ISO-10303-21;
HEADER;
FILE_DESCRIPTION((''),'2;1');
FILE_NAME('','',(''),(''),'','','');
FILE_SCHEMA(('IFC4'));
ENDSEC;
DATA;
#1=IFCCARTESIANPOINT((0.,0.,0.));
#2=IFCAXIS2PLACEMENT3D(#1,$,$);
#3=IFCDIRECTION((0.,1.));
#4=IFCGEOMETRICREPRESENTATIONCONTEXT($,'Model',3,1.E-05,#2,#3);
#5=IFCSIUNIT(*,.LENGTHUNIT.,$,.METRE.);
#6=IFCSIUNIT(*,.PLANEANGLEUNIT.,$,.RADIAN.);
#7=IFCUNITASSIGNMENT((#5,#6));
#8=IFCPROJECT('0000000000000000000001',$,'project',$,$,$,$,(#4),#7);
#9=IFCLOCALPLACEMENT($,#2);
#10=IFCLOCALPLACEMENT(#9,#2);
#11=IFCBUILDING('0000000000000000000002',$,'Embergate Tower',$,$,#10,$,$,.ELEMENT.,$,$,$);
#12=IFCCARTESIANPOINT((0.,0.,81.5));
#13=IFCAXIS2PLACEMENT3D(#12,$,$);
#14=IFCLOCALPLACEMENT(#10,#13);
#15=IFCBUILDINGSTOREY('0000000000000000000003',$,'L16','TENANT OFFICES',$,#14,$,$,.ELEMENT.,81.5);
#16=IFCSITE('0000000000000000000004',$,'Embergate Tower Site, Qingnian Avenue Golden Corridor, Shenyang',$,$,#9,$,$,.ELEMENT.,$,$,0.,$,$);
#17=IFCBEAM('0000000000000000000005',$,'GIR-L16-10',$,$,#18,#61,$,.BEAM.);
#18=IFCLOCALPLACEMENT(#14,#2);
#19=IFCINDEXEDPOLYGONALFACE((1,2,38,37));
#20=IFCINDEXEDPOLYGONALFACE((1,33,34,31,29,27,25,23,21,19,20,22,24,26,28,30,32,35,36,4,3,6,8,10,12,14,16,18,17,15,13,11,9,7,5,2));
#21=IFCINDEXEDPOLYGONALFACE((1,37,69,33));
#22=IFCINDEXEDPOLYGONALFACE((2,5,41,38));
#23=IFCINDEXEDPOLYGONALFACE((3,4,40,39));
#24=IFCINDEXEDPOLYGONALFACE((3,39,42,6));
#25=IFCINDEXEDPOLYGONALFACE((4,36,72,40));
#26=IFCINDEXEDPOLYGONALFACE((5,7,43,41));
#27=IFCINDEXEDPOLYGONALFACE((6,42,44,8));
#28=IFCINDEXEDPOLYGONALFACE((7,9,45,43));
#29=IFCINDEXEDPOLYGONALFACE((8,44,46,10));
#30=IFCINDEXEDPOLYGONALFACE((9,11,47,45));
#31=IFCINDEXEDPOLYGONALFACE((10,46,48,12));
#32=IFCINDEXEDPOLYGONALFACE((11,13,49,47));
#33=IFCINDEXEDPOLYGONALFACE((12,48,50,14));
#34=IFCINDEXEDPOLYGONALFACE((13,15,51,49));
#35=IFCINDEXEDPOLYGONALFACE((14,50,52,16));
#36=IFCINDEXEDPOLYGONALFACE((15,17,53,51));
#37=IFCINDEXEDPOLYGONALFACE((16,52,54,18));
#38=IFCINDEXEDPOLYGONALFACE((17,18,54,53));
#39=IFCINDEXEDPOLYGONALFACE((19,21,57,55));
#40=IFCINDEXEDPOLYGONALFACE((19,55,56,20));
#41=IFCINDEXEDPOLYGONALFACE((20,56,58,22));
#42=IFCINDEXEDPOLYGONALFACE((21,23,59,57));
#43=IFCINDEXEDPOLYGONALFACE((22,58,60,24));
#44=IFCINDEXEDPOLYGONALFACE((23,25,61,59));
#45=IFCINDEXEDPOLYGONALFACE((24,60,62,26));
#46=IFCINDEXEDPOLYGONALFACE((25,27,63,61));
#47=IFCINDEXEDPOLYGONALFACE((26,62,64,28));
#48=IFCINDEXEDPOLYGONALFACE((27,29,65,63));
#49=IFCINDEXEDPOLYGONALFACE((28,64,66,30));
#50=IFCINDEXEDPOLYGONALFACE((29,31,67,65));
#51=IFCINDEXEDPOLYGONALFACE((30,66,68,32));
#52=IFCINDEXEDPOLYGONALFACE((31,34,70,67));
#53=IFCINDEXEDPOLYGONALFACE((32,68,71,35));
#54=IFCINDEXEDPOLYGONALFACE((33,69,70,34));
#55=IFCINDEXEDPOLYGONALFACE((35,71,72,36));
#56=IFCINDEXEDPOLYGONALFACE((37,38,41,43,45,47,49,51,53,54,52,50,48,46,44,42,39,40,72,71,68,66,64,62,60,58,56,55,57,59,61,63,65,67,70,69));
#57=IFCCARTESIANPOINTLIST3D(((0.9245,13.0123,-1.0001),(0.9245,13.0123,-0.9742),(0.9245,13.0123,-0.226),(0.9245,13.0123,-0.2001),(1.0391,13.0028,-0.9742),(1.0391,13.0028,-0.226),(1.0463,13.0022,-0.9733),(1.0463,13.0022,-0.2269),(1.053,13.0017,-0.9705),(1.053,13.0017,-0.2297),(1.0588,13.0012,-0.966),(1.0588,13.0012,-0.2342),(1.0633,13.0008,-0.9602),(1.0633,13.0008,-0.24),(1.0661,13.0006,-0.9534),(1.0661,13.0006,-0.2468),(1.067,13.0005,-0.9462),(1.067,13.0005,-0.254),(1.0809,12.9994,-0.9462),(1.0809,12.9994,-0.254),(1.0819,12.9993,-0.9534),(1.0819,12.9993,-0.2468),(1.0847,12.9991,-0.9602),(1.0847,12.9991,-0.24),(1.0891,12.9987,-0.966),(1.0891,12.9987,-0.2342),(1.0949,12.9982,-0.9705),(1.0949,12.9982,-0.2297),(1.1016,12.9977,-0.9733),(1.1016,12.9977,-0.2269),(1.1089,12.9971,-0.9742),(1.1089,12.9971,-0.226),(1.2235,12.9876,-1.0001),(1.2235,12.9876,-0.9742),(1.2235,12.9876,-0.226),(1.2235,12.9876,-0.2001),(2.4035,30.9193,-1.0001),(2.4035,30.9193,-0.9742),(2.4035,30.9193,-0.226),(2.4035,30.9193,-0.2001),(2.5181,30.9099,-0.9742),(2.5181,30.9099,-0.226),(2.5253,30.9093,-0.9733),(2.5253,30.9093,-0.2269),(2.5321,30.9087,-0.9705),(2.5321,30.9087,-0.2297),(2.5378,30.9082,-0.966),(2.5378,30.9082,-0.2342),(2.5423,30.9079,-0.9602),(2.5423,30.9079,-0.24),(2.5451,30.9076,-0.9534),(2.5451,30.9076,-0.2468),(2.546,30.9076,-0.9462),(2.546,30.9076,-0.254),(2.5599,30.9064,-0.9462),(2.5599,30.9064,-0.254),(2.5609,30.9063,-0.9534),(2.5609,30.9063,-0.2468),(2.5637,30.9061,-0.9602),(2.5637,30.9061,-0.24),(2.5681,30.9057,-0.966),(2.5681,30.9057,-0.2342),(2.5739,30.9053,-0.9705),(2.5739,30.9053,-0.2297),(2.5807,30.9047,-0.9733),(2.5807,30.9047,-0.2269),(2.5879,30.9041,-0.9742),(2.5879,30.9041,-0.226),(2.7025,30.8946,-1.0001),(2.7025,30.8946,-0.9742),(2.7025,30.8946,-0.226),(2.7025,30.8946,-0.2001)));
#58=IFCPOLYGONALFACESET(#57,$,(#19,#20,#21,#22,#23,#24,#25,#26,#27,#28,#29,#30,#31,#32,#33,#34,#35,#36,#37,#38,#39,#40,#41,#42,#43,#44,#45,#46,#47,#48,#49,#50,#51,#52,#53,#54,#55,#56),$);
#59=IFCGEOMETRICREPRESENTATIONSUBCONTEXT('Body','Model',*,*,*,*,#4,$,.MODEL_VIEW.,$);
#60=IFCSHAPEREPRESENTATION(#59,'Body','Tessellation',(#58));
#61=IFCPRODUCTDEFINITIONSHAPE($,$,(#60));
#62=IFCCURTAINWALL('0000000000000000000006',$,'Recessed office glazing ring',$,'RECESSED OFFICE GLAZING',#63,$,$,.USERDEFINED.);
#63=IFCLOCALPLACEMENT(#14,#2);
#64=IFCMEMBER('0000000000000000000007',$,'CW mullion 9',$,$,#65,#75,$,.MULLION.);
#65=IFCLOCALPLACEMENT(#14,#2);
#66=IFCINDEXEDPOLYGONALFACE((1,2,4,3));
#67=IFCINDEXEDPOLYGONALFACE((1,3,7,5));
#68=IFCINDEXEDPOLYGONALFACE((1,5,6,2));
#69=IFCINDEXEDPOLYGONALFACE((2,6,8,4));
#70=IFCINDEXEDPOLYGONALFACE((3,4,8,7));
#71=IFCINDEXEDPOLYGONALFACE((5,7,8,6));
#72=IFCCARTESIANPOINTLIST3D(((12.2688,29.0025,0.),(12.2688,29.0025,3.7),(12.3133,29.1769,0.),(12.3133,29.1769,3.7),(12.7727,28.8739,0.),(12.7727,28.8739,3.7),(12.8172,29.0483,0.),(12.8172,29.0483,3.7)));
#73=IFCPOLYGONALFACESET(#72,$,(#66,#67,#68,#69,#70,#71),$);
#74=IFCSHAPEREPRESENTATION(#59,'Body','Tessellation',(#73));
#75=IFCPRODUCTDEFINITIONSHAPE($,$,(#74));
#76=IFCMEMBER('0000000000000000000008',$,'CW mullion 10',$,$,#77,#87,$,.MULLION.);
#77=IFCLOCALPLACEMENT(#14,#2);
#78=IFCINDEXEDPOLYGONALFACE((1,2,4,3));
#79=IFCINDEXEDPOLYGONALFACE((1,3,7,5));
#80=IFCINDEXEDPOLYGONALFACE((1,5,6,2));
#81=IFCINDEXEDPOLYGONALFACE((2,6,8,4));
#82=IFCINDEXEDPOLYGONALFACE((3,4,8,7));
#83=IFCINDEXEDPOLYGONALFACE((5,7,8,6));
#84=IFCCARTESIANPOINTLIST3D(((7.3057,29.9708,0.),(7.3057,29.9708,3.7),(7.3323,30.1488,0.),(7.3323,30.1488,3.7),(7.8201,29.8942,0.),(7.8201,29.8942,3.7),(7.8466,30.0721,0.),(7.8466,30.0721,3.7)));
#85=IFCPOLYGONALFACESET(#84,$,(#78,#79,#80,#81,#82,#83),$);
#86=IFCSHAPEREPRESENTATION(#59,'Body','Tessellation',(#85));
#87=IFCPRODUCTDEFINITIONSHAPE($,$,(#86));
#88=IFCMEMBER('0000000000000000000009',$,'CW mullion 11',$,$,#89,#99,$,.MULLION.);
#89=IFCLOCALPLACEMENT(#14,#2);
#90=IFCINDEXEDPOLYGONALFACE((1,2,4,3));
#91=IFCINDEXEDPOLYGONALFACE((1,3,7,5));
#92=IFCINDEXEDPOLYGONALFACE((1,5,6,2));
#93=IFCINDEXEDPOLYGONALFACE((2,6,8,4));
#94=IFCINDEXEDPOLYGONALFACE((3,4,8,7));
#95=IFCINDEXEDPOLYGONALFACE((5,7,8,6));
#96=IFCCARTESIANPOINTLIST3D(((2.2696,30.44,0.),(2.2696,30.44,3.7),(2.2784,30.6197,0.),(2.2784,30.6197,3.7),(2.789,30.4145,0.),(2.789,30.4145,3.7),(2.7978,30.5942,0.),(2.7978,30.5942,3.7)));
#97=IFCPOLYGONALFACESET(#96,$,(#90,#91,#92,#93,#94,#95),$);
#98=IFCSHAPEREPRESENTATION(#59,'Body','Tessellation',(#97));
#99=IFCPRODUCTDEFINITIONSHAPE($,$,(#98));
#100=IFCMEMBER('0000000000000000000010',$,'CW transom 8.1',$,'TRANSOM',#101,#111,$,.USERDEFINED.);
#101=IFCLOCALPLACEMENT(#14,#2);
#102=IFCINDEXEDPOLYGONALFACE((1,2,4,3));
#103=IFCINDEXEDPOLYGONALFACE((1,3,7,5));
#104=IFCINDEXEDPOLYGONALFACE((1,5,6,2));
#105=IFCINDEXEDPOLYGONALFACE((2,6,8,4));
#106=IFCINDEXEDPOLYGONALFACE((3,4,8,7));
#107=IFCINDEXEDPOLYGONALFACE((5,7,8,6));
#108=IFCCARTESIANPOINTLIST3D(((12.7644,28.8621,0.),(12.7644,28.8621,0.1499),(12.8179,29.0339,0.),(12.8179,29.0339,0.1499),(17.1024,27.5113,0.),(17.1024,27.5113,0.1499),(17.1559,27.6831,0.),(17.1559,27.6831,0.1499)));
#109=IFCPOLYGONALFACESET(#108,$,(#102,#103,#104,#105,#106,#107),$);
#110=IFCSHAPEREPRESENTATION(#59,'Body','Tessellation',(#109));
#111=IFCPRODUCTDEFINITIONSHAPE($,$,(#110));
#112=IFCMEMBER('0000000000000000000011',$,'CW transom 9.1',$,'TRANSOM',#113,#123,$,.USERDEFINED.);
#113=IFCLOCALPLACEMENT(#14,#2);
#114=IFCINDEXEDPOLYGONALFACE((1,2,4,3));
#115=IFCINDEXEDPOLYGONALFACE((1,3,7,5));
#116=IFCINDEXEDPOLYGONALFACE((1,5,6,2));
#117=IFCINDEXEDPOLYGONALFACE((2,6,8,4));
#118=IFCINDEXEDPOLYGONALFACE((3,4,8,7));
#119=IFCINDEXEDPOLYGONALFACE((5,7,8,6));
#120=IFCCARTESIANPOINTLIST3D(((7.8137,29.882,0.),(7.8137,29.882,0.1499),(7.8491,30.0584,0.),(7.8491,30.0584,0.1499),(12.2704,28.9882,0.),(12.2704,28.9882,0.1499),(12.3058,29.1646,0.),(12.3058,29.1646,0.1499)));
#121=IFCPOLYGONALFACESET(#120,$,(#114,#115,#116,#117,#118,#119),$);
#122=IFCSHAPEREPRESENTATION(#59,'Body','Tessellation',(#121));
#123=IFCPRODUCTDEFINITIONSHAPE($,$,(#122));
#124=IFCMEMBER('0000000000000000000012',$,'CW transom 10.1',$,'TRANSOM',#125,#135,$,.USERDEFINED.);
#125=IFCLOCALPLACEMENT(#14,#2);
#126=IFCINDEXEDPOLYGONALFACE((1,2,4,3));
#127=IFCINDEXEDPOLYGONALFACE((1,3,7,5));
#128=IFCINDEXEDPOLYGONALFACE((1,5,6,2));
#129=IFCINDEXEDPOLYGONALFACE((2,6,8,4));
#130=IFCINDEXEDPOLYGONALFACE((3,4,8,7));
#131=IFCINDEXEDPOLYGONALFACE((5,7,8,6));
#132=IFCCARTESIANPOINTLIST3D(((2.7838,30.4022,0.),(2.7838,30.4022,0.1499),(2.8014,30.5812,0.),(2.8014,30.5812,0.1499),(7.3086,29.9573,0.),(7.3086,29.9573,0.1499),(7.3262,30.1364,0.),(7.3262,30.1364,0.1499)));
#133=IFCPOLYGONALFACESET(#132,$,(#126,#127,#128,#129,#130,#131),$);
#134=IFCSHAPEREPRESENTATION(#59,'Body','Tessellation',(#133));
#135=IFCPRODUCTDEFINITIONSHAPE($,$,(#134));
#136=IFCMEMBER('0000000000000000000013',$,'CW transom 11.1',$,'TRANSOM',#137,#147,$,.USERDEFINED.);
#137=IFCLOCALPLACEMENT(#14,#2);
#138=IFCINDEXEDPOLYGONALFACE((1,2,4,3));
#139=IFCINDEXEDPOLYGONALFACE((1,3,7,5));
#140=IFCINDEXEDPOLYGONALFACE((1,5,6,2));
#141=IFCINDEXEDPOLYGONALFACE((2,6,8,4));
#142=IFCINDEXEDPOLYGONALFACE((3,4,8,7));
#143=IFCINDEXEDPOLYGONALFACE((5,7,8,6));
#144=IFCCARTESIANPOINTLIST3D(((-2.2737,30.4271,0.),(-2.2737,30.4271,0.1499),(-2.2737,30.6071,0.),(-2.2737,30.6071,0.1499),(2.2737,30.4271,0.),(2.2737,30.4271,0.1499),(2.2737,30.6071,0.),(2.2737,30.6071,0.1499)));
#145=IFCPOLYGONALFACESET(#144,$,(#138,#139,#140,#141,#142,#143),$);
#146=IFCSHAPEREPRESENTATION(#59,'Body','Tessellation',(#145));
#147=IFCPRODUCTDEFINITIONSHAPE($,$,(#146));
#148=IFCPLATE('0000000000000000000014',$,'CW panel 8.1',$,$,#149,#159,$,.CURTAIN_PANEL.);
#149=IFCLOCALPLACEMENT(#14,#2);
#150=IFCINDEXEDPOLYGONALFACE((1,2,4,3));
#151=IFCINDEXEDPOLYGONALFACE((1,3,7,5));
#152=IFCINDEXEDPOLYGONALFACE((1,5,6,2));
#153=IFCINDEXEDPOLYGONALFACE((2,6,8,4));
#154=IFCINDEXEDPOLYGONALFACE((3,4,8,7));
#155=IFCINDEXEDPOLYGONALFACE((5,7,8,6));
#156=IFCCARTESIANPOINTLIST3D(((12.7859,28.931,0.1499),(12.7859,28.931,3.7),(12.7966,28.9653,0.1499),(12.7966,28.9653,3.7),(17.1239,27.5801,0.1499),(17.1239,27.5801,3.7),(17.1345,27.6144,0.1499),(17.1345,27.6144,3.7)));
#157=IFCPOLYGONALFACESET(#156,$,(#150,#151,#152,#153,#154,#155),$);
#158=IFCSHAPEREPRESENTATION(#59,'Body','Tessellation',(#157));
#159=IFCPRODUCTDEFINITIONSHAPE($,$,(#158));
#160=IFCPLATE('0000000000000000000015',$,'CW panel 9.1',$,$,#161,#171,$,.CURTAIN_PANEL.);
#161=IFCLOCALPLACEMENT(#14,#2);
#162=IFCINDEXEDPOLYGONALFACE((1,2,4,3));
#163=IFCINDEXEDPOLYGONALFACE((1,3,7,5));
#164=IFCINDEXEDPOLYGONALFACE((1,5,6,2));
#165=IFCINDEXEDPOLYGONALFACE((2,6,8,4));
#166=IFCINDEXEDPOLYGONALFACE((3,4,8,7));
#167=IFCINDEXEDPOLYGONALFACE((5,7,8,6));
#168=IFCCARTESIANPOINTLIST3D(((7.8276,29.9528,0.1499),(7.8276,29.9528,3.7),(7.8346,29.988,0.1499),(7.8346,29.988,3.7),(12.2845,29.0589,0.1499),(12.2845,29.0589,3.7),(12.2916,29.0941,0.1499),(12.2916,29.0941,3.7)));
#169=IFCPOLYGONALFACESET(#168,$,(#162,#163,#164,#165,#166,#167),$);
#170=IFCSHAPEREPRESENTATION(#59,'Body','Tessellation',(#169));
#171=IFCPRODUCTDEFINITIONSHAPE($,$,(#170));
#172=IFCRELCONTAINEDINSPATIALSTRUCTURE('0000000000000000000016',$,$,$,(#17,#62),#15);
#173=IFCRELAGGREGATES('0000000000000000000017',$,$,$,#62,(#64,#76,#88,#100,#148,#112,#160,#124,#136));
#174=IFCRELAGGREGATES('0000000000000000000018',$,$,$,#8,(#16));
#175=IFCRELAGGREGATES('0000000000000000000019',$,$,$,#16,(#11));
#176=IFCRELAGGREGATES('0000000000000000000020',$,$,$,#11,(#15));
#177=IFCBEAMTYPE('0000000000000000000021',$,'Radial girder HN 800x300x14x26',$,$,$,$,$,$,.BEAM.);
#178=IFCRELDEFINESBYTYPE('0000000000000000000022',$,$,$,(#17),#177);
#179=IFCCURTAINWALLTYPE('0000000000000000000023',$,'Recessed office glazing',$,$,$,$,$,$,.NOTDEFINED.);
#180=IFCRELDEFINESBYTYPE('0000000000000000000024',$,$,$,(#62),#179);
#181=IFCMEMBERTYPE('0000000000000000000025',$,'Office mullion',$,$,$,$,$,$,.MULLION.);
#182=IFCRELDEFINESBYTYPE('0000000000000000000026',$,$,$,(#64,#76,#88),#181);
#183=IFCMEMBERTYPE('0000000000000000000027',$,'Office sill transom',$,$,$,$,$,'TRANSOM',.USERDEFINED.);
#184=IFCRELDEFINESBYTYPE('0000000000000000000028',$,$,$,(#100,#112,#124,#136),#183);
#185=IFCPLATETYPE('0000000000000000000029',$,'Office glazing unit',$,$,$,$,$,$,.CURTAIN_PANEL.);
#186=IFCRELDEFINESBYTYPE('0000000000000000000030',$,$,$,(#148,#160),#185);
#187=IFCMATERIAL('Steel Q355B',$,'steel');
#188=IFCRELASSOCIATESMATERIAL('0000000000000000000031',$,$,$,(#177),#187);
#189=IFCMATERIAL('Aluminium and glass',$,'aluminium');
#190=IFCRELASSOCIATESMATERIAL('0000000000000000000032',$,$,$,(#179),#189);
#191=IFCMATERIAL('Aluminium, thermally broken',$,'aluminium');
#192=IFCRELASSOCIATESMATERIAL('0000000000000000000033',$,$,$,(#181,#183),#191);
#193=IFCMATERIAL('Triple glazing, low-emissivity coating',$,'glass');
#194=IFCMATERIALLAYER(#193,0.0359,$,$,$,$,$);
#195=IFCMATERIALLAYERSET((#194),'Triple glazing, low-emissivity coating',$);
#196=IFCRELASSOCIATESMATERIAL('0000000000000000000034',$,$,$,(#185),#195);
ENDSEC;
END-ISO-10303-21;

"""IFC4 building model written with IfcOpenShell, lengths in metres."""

from ifc_helpers import new_model, si_unit, direction, frame, origin, origin_2d, place, context, subcontext, project, spatial, rectangle, i_section, extrude, source, transform, mapped, material, layer, layer_set, material_profile, profile_set, type_object, element, aggregate, save


model = new_model("IFC4")

# Units and contexts
model_context = context("Model", 3, precision=1e-05, world=origin(), true_north=direction((0.0, 1.0)))
body_context = subcontext(model_context, "Body", "Model", "MODEL_VIEW")
ifc_project = project(units=[si_unit("LENGTHUNIT", "METRE"), si_unit("PLANEANGLEUNIT", "RADIAN")], contexts=[model_context])

# Site, building, storey
site_placement = place(None, origin())
site = spatial("IfcSite", under=ifc_project, at=site_placement, Name="Embergate Tower Site, Qingnian Avenue Golden Corridor, Shenyang", CompositionType="ELEMENT", RefElevation=0.0)
building_placement = place(site_placement, origin())
building = spatial("IfcBuilding", under=site, at=building_placement, Name="Embergate Tower", CompositionType="ELEMENT")
storey_placement = place(building_placement, frame((0.0, 0.0, 81.5)))
storey = spatial("IfcBuildingStorey", under=building, at=storey_placement, Name="L16", Description="TENANT OFFICES", CompositionType="ELEMENT", Elevation=81.5)

# Beam
ifc_material_1 = material(Name="Steel Q355B", Category="steel")
ifc_material_profile_1 = material_profile(ifc_material_1, i_section(OverallWidth=0.3, OverallDepth=0.8, WebThickness=0.0139, FlangeThickness=0.0259, FilletRadius=0.0281, at=origin_2d()), Name="HN 800x300x14x26")
ifc_profile_set_1 = profile_set([ifc_material_profile_1], Name="Steel Q355 grade B")
beam_type_1 = type_object("IfcBeamType", Name="Radial girder HN 800x300x14x26", PredefinedType="BEAM", material=ifc_profile_set_1)
shared_shape_1 = source(origin(), body_context, "Body", "SweptSolid", [
    extrude(i_section(OverallWidth=0.3, OverallDepth=0.8, WebThickness=0.0139, FlangeThickness=0.0259, FilletRadius=0.0281, at=origin_2d()), origin(), (0.0, 0.0, 1.0), 17.968),
])
beam_1_placement = place(storey_placement, frame((2.553, 30.907, -0.6001), z_axis=(-0.082313, -0.996606, 0.0), x_axis=(0.996606, -0.082313, 0.0)))
element("IfcBeam", 1, at=beam_1_placement, inside=storey, type_object=beam_type_1, Name="GIR-L16-10", PredefinedType="BEAM", context=body_context, shape_type="MappedRepresentation", body=[
    mapped(shared_shape_1, transform((0.0, 0.0, 0.0))),
])

# Curtain wall, members, plates
ifc_material_2 = material(Name="Aluminium and glass", Category="aluminium")
curtain_wall_type = type_object("IfcCurtainWallType", Name="Recessed office glazing", PredefinedType="NOTDEFINED", material=ifc_material_2)
curtain_wall_placement = place(storey_placement, origin())
curtain_wall = element("IfcCurtainWall", 2, at=curtain_wall_placement, inside=storey, type_object=curtain_wall_type, Name="Recessed office glazing ring", ObjectType="RECESSED OFFICE GLAZING", PredefinedType="USERDEFINED")
ifc_material_3 = material(Name="Aluminium, thermally broken", Category="aluminium")
ifc_material_profile_2 = material_profile(ifc_material_3, rectangle(XDim=0.1799, YDim=0.52, at=origin_2d()), Name="AL 520x180")
ifc_profile_set_2 = profile_set([ifc_material_profile_2], Name="Aluminium, thermally broken")
member_type_1 = type_object("IfcMemberType", Name="Office mullion", PredefinedType="MULLION", material=ifc_profile_set_2)
shared_shape_2 = source(origin(), body_context, "Body", "SweptSolid", [
    extrude(rectangle(XDim=0.1799, YDim=0.52, at=origin_2d()), origin(), (0.0, 0.0, 1.0), 3.7),
])
member_1_placement = place(storey_placement, frame((12.543, 29.0254, 0.0), z_axis=(0.0, 0.0, 1.0), x_axis=(-0.247312, -0.968936, 0.0)))
member_1 = element("IfcMember", 3, at=member_1_placement, type_object=member_type_1, Name="CW mullion 9", PredefinedType="MULLION", context=body_context, shape_type="MappedRepresentation", body=[
    mapped(shared_shape_2, transform((0.0, 0.0, 0.0))),
])
member_2_placement = place(storey_placement, frame((7.5762, 30.0215, 0.0), z_axis=(0.0, 0.0, 1.0), x_axis=(-0.147412, -0.989075, 0.0)))
member_2 = element("IfcMember", 4, at=member_2_placement, type_object=member_type_1, Name="CW mullion 10", PredefinedType="MULLION", context=body_context, shape_type="MappedRepresentation", body=[
    mapped(shared_shape_2, transform((0.0, 0.0, 0.0))),
])
member_3_placement = place(storey_placement, frame((2.5337, 30.5171, 0.0), z_axis=(0.0, 0.0, 1.0), x_axis=(-0.048972, -0.9988, 0.0)))
member_3 = element("IfcMember", 5, at=member_3_placement, type_object=member_type_1, Name="CW mullion 11", PredefinedType="MULLION", context=body_context, shape_type="MappedRepresentation", body=[
    mapped(shared_shape_2, transform((0.0, 0.0, 0.0))),
])
ifc_material_profile_3 = material_profile(ifc_material_3, rectangle(XDim=0.1799, YDim=0.1499, at=origin_2d()), Name="AL 150x180")
ifc_profile_set_3 = profile_set([ifc_material_profile_3], Name="Aluminium, thermally broken")
member_type_2 = type_object("IfcMemberType", Name="Office sill transom", ElementType="TRANSOM", PredefinedType="USERDEFINED", material=ifc_profile_set_3)
shared_shape_3 = source(origin(), body_context, "Body", "SweptSolid", [
    extrude(rectangle(XDim=0.1799, YDim=0.1499, at=origin_2d()), origin(), (0.0, 0.0, 1.0), 4.5435),
])
member_4_placement = place(storey_placement, frame((17.1292, 27.5972, 0.075), z_axis=(-0.954778, 0.29732, 0.0), x_axis=(-0.29732, -0.954778, 0.0)))
member_4 = element("IfcMember", 6, at=member_4_placement, type_object=member_type_2, Name="CW transom 8.1", ObjectType="TRANSOM", PredefinedType="USERDEFINED", context=body_context, shape_type="MappedRepresentation", body=[
    mapped(shared_shape_3, transform((0.0, 0.0, 0.0))),
])
shared_shape_4 = source(origin(), body_context, "Body", "SweptSolid", [
    extrude(rectangle(XDim=0.1799, YDim=0.1499, at=origin_2d()), origin(), (0.0, 0.0, 1.0), 4.5454),
])
member_5_placement = place(storey_placement, frame((12.2881, 29.0764, 0.075), z_axis=(-0.980477, 0.196633, 0.0), x_axis=(-0.196633, -0.980477, 0.0)))
member_5 = element("IfcMember", 7, at=member_5_placement, type_object=member_type_2, Name="CW transom 9.1", ObjectType="TRANSOM", PredefinedType="USERDEFINED", context=body_context, shape_type="MappedRepresentation", body=[
    mapped(shared_shape_4, transform((0.0, 0.0, 0.0))),
])
shared_shape_5 = source(origin(), body_context, "Body", "SweptSolid", [
    extrude(rectangle(XDim=0.1799, YDim=0.1499, at=origin_2d()), origin(), (0.0, 0.0, 1.0), 4.5466),
])
member_6_placement = place(storey_placement, frame((7.3174, 30.0469, 0.075), z_axis=(-0.995203, 0.097834, 0.0), x_axis=(-0.097834, -0.995203, 0.0)))
member_6 = element("IfcMember", 8, at=member_6_placement, type_object=member_type_2, Name="CW transom 10.1", ObjectType="TRANSOM", PredefinedType="USERDEFINED", context=body_context, shape_type="MappedRepresentation", body=[
    mapped(shared_shape_5, transform((0.0, 0.0, 0.0))),
])
shared_shape_6 = source(origin(), body_context, "Body", "SweptSolid", [
    extrude(rectangle(XDim=0.1799, YDim=0.1499, at=origin_2d()), origin(), (0.0, 0.0, 1.0), 4.5474),
])
member_7_placement = place(storey_placement, frame((2.2737, 30.5171, 0.075), z_axis=(-1.0, 0.0, 0.0), x_axis=(0.0, -1.0, 0.0)))
member_7 = element("IfcMember", 9, at=member_7_placement, type_object=member_type_2, Name="CW transom 11.1", ObjectType="TRANSOM", PredefinedType="USERDEFINED", context=body_context, shape_type="MappedRepresentation", body=[
    mapped(shared_shape_6, transform((0.0, 0.0, 0.0))),
])
ifc_material_4 = material(Name="Triple glazing, low-emissivity coating", Category="glass")
ifc_layer_1 = layer(ifc_material_4, 0.0359)
ifc_layer_set_1 = layer_set([ifc_layer_1], Name="Triple glazing, low-emissivity coating")
plate_type = type_object("IfcPlateType", Name="Office glazing unit", PredefinedType="CURTAIN_PANEL", material=ifc_layer_set_1)
shared_shape_7 = source(origin(), body_context, "Body", "SweptSolid", [
    extrude(rectangle(XDim=4.5435, YDim=0.0359, at=origin_2d()), origin(), (0.0, 0.0, 1.0), 3.55),
])
plate_1_placement = place(storey_placement, frame((14.9602, 28.2727, 0.1499), z_axis=(0.0, 0.0, 1.0), x_axis=(-0.954772, 0.297338, 0.0)))
plate_1 = element("IfcPlate", 10, at=plate_1_placement, type_object=plate_type, Name="CW panel 8.1", PredefinedType="CURTAIN_PANEL", context=body_context, shape_type="MappedRepresentation", body=[
    mapped(shared_shape_7, transform((0.0, 0.0, 0.0))),
])
shared_shape_8 = source(origin(), body_context, "Body", "SweptSolid", [
    extrude(rectangle(XDim=4.5457, YDim=0.0359, at=origin_2d()), origin(), (0.0, 0.0, 1.0), 3.55),
])
plate_2_placement = place(storey_placement, frame((10.0596, 29.5234, 0.1499), z_axis=(0.0, 0.0, 1.0), x_axis=(-0.980476, 0.196639, 0.0)))
plate_2 = element("IfcPlate", 11, at=plate_2_placement, type_object=plate_type, Name="CW panel 9.1", PredefinedType="CURTAIN_PANEL", context=body_context, shape_type="MappedRepresentation", body=[
    mapped(shared_shape_8, transform((0.0, 0.0, 0.0))),
])
aggregate(curtain_wall, [member_1, member_2, member_3, member_4, plate_1, member_5, plate_2, member_6, member_7])

save(model, "model.ifc")
